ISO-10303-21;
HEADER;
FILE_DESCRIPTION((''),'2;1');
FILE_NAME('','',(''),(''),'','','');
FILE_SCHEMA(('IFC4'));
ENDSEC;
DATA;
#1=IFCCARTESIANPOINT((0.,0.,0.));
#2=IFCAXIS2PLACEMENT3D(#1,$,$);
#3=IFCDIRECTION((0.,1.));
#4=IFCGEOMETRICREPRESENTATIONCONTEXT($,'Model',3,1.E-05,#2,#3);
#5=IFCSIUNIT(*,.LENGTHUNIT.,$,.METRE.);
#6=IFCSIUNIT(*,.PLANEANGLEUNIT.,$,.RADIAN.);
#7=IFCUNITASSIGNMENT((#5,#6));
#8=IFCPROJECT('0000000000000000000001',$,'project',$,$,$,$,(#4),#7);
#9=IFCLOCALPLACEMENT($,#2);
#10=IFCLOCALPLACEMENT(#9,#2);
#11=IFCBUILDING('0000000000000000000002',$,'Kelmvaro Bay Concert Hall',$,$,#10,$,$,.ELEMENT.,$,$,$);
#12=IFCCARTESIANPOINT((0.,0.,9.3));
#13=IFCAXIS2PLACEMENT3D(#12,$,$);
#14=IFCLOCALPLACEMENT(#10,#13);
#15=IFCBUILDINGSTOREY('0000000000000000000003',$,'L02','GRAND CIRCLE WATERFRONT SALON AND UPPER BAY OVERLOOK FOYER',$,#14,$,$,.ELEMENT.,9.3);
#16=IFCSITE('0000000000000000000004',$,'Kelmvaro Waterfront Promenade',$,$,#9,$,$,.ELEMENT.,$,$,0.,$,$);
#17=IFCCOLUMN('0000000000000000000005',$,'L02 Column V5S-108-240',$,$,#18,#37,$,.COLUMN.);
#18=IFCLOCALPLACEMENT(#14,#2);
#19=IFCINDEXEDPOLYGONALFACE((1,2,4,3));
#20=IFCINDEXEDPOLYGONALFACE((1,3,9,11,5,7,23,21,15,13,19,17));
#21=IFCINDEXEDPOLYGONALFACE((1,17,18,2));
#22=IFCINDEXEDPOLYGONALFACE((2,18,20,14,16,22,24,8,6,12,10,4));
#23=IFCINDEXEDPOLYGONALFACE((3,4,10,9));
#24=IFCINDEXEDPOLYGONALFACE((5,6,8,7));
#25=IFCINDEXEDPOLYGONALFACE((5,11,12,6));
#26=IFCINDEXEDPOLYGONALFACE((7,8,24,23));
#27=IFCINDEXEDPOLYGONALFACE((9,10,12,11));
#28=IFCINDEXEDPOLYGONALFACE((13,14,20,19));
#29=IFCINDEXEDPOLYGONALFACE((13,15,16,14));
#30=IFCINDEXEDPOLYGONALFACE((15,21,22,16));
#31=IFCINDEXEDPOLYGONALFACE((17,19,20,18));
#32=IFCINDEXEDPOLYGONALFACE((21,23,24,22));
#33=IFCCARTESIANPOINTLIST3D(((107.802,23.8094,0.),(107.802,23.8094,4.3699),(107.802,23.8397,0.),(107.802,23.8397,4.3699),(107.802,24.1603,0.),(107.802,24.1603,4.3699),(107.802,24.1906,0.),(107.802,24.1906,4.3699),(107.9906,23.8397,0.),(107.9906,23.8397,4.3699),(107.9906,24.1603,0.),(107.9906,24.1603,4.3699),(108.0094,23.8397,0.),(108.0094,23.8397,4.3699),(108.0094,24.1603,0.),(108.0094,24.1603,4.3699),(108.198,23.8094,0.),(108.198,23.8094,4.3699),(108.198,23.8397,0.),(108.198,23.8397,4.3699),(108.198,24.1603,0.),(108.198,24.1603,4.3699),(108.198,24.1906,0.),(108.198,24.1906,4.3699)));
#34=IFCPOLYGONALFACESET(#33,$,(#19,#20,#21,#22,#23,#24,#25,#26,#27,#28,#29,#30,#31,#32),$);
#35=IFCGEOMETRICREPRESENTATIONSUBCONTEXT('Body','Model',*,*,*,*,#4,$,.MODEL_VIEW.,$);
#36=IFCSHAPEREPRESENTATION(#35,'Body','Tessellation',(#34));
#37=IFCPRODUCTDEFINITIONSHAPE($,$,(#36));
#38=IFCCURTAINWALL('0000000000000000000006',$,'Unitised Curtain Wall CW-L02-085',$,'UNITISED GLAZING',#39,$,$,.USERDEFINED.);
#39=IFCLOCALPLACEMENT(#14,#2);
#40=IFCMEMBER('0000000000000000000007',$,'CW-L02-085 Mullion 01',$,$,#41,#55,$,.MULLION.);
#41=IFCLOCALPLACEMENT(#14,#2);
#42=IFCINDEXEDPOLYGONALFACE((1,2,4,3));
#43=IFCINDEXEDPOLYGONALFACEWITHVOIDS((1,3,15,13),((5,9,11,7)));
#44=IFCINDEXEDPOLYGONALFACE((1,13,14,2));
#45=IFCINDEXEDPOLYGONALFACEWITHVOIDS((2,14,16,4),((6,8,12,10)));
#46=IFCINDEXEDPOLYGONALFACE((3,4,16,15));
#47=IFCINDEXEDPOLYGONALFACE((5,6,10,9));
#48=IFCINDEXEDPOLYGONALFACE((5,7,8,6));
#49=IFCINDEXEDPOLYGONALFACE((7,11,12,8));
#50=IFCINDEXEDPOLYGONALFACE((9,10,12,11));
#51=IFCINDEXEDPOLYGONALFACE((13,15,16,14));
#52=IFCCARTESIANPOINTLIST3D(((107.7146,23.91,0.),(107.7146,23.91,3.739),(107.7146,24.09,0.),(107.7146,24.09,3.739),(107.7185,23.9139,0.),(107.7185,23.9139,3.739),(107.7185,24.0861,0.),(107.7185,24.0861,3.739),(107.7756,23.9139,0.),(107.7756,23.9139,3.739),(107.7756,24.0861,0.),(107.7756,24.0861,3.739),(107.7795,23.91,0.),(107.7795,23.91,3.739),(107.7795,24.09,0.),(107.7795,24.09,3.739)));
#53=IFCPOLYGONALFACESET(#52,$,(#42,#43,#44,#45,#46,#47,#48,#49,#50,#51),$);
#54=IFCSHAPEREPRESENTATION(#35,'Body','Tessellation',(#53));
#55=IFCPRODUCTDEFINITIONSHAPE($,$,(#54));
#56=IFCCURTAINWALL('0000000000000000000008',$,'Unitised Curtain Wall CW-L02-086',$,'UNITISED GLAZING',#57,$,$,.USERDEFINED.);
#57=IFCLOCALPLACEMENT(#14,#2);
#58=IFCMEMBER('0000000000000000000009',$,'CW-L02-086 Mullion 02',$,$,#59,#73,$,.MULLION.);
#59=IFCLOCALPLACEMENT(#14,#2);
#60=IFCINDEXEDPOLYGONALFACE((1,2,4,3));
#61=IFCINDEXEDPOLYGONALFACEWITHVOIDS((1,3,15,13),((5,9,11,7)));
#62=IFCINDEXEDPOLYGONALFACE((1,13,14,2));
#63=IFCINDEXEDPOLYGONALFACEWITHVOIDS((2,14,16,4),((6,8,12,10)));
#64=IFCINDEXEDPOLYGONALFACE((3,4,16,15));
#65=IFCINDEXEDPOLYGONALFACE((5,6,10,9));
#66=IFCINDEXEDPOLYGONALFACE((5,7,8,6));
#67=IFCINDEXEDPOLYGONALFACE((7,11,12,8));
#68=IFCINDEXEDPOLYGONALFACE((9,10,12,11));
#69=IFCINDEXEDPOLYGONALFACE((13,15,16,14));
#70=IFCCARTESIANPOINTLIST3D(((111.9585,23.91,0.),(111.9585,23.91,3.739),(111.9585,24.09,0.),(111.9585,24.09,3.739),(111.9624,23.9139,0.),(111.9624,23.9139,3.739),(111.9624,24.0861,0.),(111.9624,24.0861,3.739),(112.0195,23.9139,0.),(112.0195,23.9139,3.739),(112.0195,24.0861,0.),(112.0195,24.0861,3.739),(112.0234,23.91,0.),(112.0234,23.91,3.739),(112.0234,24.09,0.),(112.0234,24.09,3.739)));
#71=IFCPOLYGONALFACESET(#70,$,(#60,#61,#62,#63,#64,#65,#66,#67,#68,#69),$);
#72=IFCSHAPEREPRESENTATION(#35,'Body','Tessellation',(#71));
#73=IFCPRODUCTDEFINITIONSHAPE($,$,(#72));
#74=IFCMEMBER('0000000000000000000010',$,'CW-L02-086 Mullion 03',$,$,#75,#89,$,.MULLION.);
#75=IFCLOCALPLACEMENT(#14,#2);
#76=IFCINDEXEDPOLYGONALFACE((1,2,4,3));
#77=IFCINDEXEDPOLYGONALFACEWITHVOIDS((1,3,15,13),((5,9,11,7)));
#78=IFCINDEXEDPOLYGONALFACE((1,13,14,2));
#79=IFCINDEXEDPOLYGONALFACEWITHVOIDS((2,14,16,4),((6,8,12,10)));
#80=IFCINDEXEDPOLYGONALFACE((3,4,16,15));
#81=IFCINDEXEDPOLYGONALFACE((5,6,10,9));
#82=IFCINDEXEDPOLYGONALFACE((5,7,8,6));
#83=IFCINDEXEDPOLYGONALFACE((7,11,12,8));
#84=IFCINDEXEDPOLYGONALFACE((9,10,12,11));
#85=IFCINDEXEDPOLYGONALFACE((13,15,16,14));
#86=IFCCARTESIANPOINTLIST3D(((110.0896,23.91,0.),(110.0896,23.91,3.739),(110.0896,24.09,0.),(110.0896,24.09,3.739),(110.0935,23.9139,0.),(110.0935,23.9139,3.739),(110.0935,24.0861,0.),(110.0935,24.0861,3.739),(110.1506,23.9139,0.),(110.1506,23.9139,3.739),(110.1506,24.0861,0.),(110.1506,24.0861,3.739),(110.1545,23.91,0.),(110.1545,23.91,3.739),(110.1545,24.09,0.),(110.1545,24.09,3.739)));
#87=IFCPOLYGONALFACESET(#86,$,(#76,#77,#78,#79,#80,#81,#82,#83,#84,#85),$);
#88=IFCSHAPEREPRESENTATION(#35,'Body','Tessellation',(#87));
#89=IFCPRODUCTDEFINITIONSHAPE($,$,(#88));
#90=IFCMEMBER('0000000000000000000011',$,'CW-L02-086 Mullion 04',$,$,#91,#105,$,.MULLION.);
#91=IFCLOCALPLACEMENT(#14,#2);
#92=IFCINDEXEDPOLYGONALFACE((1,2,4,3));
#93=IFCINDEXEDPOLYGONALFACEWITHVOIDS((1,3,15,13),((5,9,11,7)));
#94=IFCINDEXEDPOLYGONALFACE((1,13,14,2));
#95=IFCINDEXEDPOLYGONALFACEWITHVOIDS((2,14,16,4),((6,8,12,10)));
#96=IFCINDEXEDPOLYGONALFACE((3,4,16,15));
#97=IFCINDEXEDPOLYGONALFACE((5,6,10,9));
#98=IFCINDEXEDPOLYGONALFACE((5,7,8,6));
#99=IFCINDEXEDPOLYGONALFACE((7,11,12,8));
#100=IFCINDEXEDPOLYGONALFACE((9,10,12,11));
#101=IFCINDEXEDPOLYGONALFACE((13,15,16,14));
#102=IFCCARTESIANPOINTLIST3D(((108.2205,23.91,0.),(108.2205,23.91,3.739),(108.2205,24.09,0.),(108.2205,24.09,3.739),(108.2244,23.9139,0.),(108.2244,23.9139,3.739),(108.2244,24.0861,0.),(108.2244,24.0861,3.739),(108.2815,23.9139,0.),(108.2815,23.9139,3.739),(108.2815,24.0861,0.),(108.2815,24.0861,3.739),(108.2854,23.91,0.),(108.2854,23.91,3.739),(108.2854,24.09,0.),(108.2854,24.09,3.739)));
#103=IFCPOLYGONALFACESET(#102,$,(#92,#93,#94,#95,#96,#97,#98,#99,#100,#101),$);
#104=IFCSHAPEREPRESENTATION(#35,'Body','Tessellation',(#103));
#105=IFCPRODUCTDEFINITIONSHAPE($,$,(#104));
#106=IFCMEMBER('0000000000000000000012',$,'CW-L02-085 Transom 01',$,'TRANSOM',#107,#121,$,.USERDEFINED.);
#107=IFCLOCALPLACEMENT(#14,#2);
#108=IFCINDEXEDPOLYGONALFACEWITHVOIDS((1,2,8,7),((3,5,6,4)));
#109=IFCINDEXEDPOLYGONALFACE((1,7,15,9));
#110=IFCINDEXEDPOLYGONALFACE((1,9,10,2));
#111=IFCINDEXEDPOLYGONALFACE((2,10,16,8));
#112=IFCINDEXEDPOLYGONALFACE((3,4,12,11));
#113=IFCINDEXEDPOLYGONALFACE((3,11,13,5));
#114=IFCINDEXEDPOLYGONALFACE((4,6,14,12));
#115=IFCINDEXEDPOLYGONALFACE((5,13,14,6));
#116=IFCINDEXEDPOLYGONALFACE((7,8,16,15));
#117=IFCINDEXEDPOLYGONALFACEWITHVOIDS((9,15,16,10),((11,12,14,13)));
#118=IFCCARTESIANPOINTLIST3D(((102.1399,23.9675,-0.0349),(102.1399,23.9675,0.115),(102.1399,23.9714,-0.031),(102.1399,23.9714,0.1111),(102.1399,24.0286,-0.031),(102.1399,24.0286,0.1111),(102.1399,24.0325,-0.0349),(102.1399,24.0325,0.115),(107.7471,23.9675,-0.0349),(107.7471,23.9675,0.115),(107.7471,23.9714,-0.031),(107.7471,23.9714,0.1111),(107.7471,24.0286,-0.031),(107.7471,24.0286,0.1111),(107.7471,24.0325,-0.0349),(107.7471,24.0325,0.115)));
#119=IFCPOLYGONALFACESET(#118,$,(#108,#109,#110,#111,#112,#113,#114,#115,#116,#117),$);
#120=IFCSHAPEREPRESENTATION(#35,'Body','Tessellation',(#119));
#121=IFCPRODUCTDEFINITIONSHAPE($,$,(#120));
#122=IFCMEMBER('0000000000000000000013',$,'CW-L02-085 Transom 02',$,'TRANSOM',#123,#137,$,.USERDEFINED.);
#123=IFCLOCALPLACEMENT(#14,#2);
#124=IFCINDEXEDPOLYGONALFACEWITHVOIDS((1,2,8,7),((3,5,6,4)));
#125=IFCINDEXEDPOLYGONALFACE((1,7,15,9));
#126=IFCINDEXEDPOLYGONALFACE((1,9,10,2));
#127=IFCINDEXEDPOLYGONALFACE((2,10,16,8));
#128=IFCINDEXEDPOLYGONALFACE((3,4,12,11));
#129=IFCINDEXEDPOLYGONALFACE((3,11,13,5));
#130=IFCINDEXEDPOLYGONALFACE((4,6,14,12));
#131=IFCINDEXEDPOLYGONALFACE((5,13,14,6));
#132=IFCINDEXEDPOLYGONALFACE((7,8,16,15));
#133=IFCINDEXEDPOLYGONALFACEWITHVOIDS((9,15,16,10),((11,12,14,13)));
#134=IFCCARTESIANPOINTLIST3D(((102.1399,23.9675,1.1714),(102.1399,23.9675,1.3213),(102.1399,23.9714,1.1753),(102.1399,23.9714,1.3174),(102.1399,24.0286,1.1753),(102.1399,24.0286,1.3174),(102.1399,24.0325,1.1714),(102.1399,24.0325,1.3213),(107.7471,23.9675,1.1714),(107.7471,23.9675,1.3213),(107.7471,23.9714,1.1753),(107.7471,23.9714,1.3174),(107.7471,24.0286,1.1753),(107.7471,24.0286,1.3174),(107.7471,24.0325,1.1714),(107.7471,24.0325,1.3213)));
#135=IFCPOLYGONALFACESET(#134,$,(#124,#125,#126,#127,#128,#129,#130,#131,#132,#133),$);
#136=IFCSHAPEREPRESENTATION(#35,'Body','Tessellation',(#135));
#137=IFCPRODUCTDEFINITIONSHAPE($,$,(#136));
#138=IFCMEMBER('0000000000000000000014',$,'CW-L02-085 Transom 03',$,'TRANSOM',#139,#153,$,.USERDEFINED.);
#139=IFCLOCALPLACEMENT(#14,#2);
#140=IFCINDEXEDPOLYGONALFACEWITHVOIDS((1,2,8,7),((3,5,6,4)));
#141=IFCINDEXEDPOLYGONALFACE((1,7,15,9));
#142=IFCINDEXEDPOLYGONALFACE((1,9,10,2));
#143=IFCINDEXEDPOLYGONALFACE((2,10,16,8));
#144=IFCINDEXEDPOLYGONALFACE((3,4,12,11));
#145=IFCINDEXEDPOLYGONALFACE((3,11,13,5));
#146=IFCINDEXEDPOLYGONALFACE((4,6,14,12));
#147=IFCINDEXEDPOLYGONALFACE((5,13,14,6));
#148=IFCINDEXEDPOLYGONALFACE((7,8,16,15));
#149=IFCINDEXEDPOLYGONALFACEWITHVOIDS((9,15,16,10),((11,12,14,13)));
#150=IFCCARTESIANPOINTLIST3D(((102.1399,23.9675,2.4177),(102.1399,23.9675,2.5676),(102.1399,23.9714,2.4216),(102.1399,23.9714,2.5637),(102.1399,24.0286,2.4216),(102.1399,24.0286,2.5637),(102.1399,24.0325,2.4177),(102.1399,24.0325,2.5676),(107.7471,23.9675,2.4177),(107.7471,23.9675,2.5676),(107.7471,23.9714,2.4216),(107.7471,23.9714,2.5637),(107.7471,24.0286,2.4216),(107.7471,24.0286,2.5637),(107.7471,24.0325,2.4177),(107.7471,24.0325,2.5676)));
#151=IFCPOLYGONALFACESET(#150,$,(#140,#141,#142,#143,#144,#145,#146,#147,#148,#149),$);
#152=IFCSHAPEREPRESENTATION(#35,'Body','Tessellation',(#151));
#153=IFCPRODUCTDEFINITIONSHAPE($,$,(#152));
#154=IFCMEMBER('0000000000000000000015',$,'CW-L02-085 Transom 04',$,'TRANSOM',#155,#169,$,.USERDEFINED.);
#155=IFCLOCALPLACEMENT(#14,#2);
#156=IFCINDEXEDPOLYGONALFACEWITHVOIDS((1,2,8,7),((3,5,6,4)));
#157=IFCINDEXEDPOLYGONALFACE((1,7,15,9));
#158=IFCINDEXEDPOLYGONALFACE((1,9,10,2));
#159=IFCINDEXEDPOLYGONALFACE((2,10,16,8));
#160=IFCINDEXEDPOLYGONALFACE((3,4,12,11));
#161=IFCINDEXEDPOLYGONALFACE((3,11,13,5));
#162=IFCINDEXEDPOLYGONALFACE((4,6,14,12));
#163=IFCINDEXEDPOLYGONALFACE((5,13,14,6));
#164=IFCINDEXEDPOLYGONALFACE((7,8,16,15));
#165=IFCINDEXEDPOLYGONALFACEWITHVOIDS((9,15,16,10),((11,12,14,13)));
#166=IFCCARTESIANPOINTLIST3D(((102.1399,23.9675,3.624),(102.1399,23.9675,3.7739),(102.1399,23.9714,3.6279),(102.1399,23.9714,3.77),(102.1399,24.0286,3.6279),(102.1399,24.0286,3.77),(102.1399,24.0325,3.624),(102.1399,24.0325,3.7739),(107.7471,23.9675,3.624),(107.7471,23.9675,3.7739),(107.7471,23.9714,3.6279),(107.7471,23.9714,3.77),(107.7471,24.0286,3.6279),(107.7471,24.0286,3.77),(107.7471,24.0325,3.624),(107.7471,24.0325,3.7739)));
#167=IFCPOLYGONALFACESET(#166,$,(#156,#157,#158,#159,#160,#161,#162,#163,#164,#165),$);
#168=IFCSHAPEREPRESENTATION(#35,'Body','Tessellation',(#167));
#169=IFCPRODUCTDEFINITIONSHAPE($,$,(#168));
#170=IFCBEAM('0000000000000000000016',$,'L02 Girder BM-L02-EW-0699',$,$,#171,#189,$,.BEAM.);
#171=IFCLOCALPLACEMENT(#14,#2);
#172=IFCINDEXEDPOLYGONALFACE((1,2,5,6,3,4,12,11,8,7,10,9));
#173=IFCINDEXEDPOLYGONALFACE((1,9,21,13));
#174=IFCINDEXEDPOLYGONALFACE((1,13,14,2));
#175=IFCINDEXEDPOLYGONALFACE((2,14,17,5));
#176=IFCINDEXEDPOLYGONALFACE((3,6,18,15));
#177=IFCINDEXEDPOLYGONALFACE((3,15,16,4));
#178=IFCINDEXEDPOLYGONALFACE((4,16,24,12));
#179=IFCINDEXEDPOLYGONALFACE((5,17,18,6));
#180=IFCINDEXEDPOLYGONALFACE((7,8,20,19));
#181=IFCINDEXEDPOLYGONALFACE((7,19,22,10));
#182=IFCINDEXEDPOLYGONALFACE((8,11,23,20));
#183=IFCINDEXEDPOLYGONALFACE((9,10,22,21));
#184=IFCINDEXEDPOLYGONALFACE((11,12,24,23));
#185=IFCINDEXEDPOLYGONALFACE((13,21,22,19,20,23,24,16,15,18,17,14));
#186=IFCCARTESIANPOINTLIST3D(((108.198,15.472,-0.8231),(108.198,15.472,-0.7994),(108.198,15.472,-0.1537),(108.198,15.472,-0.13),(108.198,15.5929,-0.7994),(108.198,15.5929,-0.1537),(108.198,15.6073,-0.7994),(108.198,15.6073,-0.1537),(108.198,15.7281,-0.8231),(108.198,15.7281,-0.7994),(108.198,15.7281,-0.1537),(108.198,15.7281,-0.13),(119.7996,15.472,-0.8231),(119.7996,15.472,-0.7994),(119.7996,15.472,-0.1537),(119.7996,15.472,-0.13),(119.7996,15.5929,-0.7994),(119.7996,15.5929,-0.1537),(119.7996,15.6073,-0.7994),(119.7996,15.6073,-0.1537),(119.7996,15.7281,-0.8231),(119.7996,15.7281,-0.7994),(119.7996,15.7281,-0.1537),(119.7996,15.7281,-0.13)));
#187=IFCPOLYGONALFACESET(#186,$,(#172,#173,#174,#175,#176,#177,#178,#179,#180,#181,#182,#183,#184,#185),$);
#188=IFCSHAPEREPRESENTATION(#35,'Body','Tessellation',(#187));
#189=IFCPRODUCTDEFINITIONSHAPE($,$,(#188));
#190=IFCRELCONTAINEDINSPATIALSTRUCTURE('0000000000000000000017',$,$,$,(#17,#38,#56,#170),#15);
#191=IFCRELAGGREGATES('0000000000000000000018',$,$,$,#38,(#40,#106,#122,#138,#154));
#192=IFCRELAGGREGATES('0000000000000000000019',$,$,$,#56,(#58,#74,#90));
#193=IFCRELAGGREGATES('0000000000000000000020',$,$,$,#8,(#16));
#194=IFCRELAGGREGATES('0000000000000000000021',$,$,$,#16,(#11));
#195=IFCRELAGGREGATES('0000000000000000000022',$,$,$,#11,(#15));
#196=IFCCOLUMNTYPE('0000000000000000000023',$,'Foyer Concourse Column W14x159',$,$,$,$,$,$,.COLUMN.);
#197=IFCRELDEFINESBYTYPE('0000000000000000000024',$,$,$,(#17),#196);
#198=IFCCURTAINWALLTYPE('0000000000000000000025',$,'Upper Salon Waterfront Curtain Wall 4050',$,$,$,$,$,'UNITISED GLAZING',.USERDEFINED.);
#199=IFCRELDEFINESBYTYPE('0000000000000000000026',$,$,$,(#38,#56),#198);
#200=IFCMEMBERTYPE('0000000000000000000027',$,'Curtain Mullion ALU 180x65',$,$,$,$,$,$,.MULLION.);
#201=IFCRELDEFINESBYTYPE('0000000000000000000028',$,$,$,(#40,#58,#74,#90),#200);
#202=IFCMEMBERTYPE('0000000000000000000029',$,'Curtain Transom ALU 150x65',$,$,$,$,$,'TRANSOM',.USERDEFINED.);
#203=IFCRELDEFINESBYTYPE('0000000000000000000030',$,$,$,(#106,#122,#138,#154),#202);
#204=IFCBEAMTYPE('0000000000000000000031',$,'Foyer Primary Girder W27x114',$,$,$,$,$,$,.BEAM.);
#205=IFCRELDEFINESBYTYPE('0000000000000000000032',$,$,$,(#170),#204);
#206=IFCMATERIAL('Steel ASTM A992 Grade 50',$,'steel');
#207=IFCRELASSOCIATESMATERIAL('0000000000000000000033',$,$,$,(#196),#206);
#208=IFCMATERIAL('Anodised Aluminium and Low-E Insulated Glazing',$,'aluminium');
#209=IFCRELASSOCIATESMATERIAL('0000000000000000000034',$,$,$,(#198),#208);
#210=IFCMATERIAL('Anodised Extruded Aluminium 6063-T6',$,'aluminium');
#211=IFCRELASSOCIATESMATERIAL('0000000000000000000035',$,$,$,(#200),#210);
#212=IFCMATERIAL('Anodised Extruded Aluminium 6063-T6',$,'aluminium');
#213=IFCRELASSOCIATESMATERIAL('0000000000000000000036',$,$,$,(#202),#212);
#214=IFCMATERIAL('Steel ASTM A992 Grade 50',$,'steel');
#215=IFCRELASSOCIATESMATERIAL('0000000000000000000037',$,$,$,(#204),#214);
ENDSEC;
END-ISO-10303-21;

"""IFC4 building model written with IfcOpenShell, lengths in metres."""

from ifc_helpers import new_model, si_unit, direction, frame, origin, origin_2d, place, context, subcontext, project, spatial, hollow_rectangle, i_section, extrude, material, material_profile, profile_set, type_object, element, aggregate, save


model = new_model("IFC4")

# Units and contexts
model_context = context("Model", 3, precision=1e-05, world=origin(), true_north=direction((0.0, 1.0)))
body_context = subcontext(model_context, "Body", "Model", "MODEL_VIEW")
ifc_project = project(units=[si_unit("LENGTHUNIT", "METRE"), si_unit("PLANEANGLEUNIT", "RADIAN")], contexts=[model_context])

# Site, building, storey
site_placement = place(None, origin())
site = spatial("IfcSite", under=ifc_project, at=site_placement, Name="Kelmvaro Waterfront Promenade", CompositionType="ELEMENT", RefElevation=0.0)
building_placement = place(site_placement, origin())
building = spatial("IfcBuilding", under=site, at=building_placement, Name="Kelmvaro Bay Concert Hall", CompositionType="ELEMENT")
storey_placement = place(building_placement, frame((0.0, 0.0, 9.3)))
storey = spatial("IfcBuildingStorey", under=building, at=storey_placement, Name="L02", Description="GRAND CIRCLE WATERFRONT SALON AND UPPER BAY OVERLOOK FOYER", CompositionType="ELEMENT", Elevation=9.3)

# Column
ifc_material_1 = material(Name="Steel ASTM A992 Grade 50", Category="steel")
ifc_material_profile_1 = material_profile(ifc_material_1, i_section(OverallWidth=0.396, OverallDepth=0.3811, WebThickness=0.0188, FlangeThickness=0.0303, at=origin_2d()), Name="W14X159")
ifc_profile_set_1 = profile_set([ifc_material_profile_1], Name="Steel ASTM A992 Grade 50")
column_type = type_object("IfcColumnType", Name="Foyer Concourse Column W14x159", PredefinedType="COLUMN", material=ifc_profile_set_1)
column_placement = place(storey_placement, frame((108.0, 24.0, 0.0), z_axis=(0.0, 0.0, 1.0), x_axis=(1.0, 0.0, 0.0)))
element("IfcColumn", 1, at=column_placement, inside=storey, type_object=column_type, Name="L02 Column V5S-108-240", PredefinedType="COLUMN", context=body_context, shape_type="SweptSolid", body=[
    extrude(i_section(OverallWidth=0.396, OverallDepth=0.3811, WebThickness=0.0188, FlangeThickness=0.0303, at=origin_2d()), origin(), (0.0, 0.0, 1.0), 4.3699),
])

# Curtain wall, member
ifc_material_2 = material(Name="Anodised Aluminium and Low-E Insulated Glazing", Category="aluminium")
curtain_wall_type = type_object("IfcCurtainWallType", Name="Upper Salon Waterfront Curtain Wall 4050", ElementType="UNITISED GLAZING", PredefinedType="USERDEFINED", material=ifc_material_2)
curtain_wall_1_placement = place(storey_placement, origin())
curtain_wall_1 = element("IfcCurtainWall", 2, at=curtain_wall_1_placement, inside=storey, type_object=curtain_wall_type, Name="Unitised Curtain Wall CW-L02-085", ObjectType="UNITISED GLAZING", PredefinedType="USERDEFINED")
ifc_material_3 = material(Name="Anodised Extruded Aluminium 6063-T6", Category="aluminium")
ifc_material_profile_2 = material_profile(ifc_material_3, hollow_rectangle(XDim=0.0649, YDim=0.1799, WallThickness=0.0039, at=origin_2d()), Name="ALU-MUL-180X65")
ifc_profile_set_2 = profile_set([ifc_material_profile_2], Name="Anodised Extruded Aluminium 6063-T6")
member_type_1 = type_object("IfcMemberType", Name="Curtain Mullion ALU 180x65", PredefinedType="MULLION", material=ifc_profile_set_2)
member_1_placement = place(storey_placement, frame((107.7471, 24.0, 0.0), z_axis=(0.0, 0.0, 1.0), x_axis=(1.0, 0.0, 0.0)))
member_1 = element("IfcMember", 3, at=member_1_placement, type_object=member_type_1, Name="CW-L02-085 Mullion 01", PredefinedType="MULLION", context=body_context, shape_type="SweptSolid", body=[
    extrude(hollow_rectangle(XDim=0.0649, YDim=0.1799, WallThickness=0.0039, at=origin_2d()), origin(), (0.0, 0.0, 1.0), 3.739),
])

# Curtain wall, members
curtain_wall_2_placement = place(storey_placement, origin())
curtain_wall_2 = element("IfcCurtainWall", 4, at=curtain_wall_2_placement, inside=storey, type_object=curtain_wall_type, Name="Unitised Curtain Wall CW-L02-086", ObjectType="UNITISED GLAZING", PredefinedType="USERDEFINED")
member_2_placement = place(storey_placement, frame((111.991, 24.0, 0.0), z_axis=(0.0, 0.0, 1.0), x_axis=(1.0, 0.0, 0.0)))
member_2 = element("IfcMember", 5, at=member_2_placement, type_object=member_type_1, Name="CW-L02-086 Mullion 02", PredefinedType="MULLION", context=body_context, shape_type="SweptSolid", body=[
    extrude(hollow_rectangle(XDim=0.0649, YDim=0.1799, WallThickness=0.0039, at=origin_2d()), origin(), (0.0, 0.0, 1.0), 3.739),
])
member_3_placement = place(storey_placement, frame((110.1221, 24.0, 0.0), z_axis=(0.0, 0.0, 1.0), x_axis=(1.0, 0.0, 0.0)))
member_3 = element("IfcMember", 6, at=member_3_placement, type_object=member_type_1, Name="CW-L02-086 Mullion 03", PredefinedType="MULLION", context=body_context, shape_type="SweptSolid", body=[
    extrude(hollow_rectangle(XDim=0.0649, YDim=0.1799, WallThickness=0.0039, at=origin_2d()), origin(), (0.0, 0.0, 1.0), 3.739),
])
member_4_placement = place(storey_placement, frame((108.2529, 24.0, 0.0), z_axis=(0.0, 0.0, 1.0), x_axis=(1.0, 0.0, 0.0)))
member_4 = element("IfcMember", 7, at=member_4_placement, type_object=member_type_1, Name="CW-L02-086 Mullion 04", PredefinedType="MULLION", context=body_context, shape_type="SweptSolid", body=[
    extrude(hollow_rectangle(XDim=0.0649, YDim=0.1799, WallThickness=0.0039, at=origin_2d()), origin(), (0.0, 0.0, 1.0), 3.739),
])

# Members
ifc_material_4 = material(Name="Anodised Extruded Aluminium 6063-T6", Category="aluminium")
ifc_material_profile_3 = material_profile(ifc_material_4, hollow_rectangle(XDim=0.0649, YDim=0.1499, WallThickness=0.0039, at=origin_2d()), Name="ALU-TRN-150X65")
ifc_profile_set_3 = profile_set([ifc_material_profile_3], Name="Anodised Extruded Aluminium 6063-T6")
member_type_2 = type_object("IfcMemberType", Name="Curtain Transom ALU 150x65", ElementType="TRANSOM", PredefinedType="USERDEFINED", material=ifc_profile_set_3)
member_5_placement = place(storey_placement, frame((107.7471, 24.0, 0.04), z_axis=(-1.0, 0.0, 0.0), x_axis=(0.0, -1.0, 0.0)))
member_5 = element("IfcMember", 8, at=member_5_placement, type_object=member_type_2, Name="CW-L02-085 Transom 01", ObjectType="TRANSOM", PredefinedType="USERDEFINED", context=body_context, shape_type="SweptSolid", body=[
    extrude(hollow_rectangle(XDim=0.0649, YDim=0.1499, WallThickness=0.0039, at=origin_2d()), origin(), (0.0, 0.0, 1.0), 5.6072),
])
member_6_placement = place(storey_placement, frame((107.7471, 24.0, 1.2463), z_axis=(-1.0, 0.0, 0.0), x_axis=(0.0, -1.0, 0.0)))
member_6 = element("IfcMember", 9, at=member_6_placement, type_object=member_type_2, Name="CW-L02-085 Transom 02", ObjectType="TRANSOM", PredefinedType="USERDEFINED", context=body_context, shape_type="SweptSolid", body=[
    extrude(hollow_rectangle(XDim=0.0649, YDim=0.1499, WallThickness=0.0039, at=origin_2d()), origin(), (0.0, 0.0, 1.0), 5.6072),
])
member_7_placement = place(storey_placement, frame((107.7471, 24.0, 2.4927), z_axis=(-1.0, 0.0, 0.0), x_axis=(0.0, -1.0, 0.0)))
member_7 = element("IfcMember", 10, at=member_7_placement, type_object=member_type_2, Name="CW-L02-085 Transom 03", ObjectType="TRANSOM", PredefinedType="USERDEFINED", context=body_context, shape_type="SweptSolid", body=[
    extrude(hollow_rectangle(XDim=0.0649, YDim=0.1499, WallThickness=0.0039, at=origin_2d()), origin(), (0.0, 0.0, 1.0), 5.6072),
])
member_8_placement = place(storey_placement, frame((107.7471, 24.0, 3.699), z_axis=(-1.0, 0.0, 0.0), x_axis=(0.0, -1.0, 0.0)))
member_8 = element("IfcMember", 11, at=member_8_placement, type_object=member_type_2, Name="CW-L02-085 Transom 04", ObjectType="TRANSOM", PredefinedType="USERDEFINED", context=body_context, shape_type="SweptSolid", body=[
    extrude(hollow_rectangle(XDim=0.0649, YDim=0.1499, WallThickness=0.0039, at=origin_2d()), origin(), (0.0, 0.0, 1.0), 5.6072),
])

# Beam
ifc_material_5 = material(Name="Steel ASTM A992 Grade 50", Category="steel")
ifc_material_profile_4 = material_profile(ifc_material_5, i_section(OverallWidth=0.2561, OverallDepth=0.6931, WebThickness=0.0144, FlangeThickness=0.0237, at=origin_2d()), Name="W27X114")
ifc_profile_set_4 = profile_set([ifc_material_profile_4], Name="Steel ASTM A992 Grade 50")
beam_type_1 = type_object("IfcBeamType", Name="Foyer Primary Girder W27x114", PredefinedType="BEAM", material=ifc_profile_set_4)
for number, where, z_axis, x_axis, name in (
    (12, (108.198, 15.6001, -0.4766), (1.0, 0.0, 0.0), (0.0, 1.0, 0.0), "L02 Girder BM-L02-EW-0699"),
):
    element("IfcBeam", number, at=place(storey_placement, frame(where, z_axis=z_axis, x_axis=x_axis)), inside=storey, type_object=beam_type_1, Name=name, PredefinedType="BEAM", context=body_context, shape_type="SweptSolid", body=[
        extrude(i_section(OverallWidth=0.2561, OverallDepth=0.6931, WebThickness=0.0144, FlangeThickness=0.0237, at=origin_2d()), origin(), (0.0, 0.0, 1.0), 11.6016),
    ])

aggregate(curtain_wall_1, [member_1, member_5, member_6, member_7, member_8])
aggregate(curtain_wall_2, [member_2, member_3, member_4])

save(model, "model.ifc")
